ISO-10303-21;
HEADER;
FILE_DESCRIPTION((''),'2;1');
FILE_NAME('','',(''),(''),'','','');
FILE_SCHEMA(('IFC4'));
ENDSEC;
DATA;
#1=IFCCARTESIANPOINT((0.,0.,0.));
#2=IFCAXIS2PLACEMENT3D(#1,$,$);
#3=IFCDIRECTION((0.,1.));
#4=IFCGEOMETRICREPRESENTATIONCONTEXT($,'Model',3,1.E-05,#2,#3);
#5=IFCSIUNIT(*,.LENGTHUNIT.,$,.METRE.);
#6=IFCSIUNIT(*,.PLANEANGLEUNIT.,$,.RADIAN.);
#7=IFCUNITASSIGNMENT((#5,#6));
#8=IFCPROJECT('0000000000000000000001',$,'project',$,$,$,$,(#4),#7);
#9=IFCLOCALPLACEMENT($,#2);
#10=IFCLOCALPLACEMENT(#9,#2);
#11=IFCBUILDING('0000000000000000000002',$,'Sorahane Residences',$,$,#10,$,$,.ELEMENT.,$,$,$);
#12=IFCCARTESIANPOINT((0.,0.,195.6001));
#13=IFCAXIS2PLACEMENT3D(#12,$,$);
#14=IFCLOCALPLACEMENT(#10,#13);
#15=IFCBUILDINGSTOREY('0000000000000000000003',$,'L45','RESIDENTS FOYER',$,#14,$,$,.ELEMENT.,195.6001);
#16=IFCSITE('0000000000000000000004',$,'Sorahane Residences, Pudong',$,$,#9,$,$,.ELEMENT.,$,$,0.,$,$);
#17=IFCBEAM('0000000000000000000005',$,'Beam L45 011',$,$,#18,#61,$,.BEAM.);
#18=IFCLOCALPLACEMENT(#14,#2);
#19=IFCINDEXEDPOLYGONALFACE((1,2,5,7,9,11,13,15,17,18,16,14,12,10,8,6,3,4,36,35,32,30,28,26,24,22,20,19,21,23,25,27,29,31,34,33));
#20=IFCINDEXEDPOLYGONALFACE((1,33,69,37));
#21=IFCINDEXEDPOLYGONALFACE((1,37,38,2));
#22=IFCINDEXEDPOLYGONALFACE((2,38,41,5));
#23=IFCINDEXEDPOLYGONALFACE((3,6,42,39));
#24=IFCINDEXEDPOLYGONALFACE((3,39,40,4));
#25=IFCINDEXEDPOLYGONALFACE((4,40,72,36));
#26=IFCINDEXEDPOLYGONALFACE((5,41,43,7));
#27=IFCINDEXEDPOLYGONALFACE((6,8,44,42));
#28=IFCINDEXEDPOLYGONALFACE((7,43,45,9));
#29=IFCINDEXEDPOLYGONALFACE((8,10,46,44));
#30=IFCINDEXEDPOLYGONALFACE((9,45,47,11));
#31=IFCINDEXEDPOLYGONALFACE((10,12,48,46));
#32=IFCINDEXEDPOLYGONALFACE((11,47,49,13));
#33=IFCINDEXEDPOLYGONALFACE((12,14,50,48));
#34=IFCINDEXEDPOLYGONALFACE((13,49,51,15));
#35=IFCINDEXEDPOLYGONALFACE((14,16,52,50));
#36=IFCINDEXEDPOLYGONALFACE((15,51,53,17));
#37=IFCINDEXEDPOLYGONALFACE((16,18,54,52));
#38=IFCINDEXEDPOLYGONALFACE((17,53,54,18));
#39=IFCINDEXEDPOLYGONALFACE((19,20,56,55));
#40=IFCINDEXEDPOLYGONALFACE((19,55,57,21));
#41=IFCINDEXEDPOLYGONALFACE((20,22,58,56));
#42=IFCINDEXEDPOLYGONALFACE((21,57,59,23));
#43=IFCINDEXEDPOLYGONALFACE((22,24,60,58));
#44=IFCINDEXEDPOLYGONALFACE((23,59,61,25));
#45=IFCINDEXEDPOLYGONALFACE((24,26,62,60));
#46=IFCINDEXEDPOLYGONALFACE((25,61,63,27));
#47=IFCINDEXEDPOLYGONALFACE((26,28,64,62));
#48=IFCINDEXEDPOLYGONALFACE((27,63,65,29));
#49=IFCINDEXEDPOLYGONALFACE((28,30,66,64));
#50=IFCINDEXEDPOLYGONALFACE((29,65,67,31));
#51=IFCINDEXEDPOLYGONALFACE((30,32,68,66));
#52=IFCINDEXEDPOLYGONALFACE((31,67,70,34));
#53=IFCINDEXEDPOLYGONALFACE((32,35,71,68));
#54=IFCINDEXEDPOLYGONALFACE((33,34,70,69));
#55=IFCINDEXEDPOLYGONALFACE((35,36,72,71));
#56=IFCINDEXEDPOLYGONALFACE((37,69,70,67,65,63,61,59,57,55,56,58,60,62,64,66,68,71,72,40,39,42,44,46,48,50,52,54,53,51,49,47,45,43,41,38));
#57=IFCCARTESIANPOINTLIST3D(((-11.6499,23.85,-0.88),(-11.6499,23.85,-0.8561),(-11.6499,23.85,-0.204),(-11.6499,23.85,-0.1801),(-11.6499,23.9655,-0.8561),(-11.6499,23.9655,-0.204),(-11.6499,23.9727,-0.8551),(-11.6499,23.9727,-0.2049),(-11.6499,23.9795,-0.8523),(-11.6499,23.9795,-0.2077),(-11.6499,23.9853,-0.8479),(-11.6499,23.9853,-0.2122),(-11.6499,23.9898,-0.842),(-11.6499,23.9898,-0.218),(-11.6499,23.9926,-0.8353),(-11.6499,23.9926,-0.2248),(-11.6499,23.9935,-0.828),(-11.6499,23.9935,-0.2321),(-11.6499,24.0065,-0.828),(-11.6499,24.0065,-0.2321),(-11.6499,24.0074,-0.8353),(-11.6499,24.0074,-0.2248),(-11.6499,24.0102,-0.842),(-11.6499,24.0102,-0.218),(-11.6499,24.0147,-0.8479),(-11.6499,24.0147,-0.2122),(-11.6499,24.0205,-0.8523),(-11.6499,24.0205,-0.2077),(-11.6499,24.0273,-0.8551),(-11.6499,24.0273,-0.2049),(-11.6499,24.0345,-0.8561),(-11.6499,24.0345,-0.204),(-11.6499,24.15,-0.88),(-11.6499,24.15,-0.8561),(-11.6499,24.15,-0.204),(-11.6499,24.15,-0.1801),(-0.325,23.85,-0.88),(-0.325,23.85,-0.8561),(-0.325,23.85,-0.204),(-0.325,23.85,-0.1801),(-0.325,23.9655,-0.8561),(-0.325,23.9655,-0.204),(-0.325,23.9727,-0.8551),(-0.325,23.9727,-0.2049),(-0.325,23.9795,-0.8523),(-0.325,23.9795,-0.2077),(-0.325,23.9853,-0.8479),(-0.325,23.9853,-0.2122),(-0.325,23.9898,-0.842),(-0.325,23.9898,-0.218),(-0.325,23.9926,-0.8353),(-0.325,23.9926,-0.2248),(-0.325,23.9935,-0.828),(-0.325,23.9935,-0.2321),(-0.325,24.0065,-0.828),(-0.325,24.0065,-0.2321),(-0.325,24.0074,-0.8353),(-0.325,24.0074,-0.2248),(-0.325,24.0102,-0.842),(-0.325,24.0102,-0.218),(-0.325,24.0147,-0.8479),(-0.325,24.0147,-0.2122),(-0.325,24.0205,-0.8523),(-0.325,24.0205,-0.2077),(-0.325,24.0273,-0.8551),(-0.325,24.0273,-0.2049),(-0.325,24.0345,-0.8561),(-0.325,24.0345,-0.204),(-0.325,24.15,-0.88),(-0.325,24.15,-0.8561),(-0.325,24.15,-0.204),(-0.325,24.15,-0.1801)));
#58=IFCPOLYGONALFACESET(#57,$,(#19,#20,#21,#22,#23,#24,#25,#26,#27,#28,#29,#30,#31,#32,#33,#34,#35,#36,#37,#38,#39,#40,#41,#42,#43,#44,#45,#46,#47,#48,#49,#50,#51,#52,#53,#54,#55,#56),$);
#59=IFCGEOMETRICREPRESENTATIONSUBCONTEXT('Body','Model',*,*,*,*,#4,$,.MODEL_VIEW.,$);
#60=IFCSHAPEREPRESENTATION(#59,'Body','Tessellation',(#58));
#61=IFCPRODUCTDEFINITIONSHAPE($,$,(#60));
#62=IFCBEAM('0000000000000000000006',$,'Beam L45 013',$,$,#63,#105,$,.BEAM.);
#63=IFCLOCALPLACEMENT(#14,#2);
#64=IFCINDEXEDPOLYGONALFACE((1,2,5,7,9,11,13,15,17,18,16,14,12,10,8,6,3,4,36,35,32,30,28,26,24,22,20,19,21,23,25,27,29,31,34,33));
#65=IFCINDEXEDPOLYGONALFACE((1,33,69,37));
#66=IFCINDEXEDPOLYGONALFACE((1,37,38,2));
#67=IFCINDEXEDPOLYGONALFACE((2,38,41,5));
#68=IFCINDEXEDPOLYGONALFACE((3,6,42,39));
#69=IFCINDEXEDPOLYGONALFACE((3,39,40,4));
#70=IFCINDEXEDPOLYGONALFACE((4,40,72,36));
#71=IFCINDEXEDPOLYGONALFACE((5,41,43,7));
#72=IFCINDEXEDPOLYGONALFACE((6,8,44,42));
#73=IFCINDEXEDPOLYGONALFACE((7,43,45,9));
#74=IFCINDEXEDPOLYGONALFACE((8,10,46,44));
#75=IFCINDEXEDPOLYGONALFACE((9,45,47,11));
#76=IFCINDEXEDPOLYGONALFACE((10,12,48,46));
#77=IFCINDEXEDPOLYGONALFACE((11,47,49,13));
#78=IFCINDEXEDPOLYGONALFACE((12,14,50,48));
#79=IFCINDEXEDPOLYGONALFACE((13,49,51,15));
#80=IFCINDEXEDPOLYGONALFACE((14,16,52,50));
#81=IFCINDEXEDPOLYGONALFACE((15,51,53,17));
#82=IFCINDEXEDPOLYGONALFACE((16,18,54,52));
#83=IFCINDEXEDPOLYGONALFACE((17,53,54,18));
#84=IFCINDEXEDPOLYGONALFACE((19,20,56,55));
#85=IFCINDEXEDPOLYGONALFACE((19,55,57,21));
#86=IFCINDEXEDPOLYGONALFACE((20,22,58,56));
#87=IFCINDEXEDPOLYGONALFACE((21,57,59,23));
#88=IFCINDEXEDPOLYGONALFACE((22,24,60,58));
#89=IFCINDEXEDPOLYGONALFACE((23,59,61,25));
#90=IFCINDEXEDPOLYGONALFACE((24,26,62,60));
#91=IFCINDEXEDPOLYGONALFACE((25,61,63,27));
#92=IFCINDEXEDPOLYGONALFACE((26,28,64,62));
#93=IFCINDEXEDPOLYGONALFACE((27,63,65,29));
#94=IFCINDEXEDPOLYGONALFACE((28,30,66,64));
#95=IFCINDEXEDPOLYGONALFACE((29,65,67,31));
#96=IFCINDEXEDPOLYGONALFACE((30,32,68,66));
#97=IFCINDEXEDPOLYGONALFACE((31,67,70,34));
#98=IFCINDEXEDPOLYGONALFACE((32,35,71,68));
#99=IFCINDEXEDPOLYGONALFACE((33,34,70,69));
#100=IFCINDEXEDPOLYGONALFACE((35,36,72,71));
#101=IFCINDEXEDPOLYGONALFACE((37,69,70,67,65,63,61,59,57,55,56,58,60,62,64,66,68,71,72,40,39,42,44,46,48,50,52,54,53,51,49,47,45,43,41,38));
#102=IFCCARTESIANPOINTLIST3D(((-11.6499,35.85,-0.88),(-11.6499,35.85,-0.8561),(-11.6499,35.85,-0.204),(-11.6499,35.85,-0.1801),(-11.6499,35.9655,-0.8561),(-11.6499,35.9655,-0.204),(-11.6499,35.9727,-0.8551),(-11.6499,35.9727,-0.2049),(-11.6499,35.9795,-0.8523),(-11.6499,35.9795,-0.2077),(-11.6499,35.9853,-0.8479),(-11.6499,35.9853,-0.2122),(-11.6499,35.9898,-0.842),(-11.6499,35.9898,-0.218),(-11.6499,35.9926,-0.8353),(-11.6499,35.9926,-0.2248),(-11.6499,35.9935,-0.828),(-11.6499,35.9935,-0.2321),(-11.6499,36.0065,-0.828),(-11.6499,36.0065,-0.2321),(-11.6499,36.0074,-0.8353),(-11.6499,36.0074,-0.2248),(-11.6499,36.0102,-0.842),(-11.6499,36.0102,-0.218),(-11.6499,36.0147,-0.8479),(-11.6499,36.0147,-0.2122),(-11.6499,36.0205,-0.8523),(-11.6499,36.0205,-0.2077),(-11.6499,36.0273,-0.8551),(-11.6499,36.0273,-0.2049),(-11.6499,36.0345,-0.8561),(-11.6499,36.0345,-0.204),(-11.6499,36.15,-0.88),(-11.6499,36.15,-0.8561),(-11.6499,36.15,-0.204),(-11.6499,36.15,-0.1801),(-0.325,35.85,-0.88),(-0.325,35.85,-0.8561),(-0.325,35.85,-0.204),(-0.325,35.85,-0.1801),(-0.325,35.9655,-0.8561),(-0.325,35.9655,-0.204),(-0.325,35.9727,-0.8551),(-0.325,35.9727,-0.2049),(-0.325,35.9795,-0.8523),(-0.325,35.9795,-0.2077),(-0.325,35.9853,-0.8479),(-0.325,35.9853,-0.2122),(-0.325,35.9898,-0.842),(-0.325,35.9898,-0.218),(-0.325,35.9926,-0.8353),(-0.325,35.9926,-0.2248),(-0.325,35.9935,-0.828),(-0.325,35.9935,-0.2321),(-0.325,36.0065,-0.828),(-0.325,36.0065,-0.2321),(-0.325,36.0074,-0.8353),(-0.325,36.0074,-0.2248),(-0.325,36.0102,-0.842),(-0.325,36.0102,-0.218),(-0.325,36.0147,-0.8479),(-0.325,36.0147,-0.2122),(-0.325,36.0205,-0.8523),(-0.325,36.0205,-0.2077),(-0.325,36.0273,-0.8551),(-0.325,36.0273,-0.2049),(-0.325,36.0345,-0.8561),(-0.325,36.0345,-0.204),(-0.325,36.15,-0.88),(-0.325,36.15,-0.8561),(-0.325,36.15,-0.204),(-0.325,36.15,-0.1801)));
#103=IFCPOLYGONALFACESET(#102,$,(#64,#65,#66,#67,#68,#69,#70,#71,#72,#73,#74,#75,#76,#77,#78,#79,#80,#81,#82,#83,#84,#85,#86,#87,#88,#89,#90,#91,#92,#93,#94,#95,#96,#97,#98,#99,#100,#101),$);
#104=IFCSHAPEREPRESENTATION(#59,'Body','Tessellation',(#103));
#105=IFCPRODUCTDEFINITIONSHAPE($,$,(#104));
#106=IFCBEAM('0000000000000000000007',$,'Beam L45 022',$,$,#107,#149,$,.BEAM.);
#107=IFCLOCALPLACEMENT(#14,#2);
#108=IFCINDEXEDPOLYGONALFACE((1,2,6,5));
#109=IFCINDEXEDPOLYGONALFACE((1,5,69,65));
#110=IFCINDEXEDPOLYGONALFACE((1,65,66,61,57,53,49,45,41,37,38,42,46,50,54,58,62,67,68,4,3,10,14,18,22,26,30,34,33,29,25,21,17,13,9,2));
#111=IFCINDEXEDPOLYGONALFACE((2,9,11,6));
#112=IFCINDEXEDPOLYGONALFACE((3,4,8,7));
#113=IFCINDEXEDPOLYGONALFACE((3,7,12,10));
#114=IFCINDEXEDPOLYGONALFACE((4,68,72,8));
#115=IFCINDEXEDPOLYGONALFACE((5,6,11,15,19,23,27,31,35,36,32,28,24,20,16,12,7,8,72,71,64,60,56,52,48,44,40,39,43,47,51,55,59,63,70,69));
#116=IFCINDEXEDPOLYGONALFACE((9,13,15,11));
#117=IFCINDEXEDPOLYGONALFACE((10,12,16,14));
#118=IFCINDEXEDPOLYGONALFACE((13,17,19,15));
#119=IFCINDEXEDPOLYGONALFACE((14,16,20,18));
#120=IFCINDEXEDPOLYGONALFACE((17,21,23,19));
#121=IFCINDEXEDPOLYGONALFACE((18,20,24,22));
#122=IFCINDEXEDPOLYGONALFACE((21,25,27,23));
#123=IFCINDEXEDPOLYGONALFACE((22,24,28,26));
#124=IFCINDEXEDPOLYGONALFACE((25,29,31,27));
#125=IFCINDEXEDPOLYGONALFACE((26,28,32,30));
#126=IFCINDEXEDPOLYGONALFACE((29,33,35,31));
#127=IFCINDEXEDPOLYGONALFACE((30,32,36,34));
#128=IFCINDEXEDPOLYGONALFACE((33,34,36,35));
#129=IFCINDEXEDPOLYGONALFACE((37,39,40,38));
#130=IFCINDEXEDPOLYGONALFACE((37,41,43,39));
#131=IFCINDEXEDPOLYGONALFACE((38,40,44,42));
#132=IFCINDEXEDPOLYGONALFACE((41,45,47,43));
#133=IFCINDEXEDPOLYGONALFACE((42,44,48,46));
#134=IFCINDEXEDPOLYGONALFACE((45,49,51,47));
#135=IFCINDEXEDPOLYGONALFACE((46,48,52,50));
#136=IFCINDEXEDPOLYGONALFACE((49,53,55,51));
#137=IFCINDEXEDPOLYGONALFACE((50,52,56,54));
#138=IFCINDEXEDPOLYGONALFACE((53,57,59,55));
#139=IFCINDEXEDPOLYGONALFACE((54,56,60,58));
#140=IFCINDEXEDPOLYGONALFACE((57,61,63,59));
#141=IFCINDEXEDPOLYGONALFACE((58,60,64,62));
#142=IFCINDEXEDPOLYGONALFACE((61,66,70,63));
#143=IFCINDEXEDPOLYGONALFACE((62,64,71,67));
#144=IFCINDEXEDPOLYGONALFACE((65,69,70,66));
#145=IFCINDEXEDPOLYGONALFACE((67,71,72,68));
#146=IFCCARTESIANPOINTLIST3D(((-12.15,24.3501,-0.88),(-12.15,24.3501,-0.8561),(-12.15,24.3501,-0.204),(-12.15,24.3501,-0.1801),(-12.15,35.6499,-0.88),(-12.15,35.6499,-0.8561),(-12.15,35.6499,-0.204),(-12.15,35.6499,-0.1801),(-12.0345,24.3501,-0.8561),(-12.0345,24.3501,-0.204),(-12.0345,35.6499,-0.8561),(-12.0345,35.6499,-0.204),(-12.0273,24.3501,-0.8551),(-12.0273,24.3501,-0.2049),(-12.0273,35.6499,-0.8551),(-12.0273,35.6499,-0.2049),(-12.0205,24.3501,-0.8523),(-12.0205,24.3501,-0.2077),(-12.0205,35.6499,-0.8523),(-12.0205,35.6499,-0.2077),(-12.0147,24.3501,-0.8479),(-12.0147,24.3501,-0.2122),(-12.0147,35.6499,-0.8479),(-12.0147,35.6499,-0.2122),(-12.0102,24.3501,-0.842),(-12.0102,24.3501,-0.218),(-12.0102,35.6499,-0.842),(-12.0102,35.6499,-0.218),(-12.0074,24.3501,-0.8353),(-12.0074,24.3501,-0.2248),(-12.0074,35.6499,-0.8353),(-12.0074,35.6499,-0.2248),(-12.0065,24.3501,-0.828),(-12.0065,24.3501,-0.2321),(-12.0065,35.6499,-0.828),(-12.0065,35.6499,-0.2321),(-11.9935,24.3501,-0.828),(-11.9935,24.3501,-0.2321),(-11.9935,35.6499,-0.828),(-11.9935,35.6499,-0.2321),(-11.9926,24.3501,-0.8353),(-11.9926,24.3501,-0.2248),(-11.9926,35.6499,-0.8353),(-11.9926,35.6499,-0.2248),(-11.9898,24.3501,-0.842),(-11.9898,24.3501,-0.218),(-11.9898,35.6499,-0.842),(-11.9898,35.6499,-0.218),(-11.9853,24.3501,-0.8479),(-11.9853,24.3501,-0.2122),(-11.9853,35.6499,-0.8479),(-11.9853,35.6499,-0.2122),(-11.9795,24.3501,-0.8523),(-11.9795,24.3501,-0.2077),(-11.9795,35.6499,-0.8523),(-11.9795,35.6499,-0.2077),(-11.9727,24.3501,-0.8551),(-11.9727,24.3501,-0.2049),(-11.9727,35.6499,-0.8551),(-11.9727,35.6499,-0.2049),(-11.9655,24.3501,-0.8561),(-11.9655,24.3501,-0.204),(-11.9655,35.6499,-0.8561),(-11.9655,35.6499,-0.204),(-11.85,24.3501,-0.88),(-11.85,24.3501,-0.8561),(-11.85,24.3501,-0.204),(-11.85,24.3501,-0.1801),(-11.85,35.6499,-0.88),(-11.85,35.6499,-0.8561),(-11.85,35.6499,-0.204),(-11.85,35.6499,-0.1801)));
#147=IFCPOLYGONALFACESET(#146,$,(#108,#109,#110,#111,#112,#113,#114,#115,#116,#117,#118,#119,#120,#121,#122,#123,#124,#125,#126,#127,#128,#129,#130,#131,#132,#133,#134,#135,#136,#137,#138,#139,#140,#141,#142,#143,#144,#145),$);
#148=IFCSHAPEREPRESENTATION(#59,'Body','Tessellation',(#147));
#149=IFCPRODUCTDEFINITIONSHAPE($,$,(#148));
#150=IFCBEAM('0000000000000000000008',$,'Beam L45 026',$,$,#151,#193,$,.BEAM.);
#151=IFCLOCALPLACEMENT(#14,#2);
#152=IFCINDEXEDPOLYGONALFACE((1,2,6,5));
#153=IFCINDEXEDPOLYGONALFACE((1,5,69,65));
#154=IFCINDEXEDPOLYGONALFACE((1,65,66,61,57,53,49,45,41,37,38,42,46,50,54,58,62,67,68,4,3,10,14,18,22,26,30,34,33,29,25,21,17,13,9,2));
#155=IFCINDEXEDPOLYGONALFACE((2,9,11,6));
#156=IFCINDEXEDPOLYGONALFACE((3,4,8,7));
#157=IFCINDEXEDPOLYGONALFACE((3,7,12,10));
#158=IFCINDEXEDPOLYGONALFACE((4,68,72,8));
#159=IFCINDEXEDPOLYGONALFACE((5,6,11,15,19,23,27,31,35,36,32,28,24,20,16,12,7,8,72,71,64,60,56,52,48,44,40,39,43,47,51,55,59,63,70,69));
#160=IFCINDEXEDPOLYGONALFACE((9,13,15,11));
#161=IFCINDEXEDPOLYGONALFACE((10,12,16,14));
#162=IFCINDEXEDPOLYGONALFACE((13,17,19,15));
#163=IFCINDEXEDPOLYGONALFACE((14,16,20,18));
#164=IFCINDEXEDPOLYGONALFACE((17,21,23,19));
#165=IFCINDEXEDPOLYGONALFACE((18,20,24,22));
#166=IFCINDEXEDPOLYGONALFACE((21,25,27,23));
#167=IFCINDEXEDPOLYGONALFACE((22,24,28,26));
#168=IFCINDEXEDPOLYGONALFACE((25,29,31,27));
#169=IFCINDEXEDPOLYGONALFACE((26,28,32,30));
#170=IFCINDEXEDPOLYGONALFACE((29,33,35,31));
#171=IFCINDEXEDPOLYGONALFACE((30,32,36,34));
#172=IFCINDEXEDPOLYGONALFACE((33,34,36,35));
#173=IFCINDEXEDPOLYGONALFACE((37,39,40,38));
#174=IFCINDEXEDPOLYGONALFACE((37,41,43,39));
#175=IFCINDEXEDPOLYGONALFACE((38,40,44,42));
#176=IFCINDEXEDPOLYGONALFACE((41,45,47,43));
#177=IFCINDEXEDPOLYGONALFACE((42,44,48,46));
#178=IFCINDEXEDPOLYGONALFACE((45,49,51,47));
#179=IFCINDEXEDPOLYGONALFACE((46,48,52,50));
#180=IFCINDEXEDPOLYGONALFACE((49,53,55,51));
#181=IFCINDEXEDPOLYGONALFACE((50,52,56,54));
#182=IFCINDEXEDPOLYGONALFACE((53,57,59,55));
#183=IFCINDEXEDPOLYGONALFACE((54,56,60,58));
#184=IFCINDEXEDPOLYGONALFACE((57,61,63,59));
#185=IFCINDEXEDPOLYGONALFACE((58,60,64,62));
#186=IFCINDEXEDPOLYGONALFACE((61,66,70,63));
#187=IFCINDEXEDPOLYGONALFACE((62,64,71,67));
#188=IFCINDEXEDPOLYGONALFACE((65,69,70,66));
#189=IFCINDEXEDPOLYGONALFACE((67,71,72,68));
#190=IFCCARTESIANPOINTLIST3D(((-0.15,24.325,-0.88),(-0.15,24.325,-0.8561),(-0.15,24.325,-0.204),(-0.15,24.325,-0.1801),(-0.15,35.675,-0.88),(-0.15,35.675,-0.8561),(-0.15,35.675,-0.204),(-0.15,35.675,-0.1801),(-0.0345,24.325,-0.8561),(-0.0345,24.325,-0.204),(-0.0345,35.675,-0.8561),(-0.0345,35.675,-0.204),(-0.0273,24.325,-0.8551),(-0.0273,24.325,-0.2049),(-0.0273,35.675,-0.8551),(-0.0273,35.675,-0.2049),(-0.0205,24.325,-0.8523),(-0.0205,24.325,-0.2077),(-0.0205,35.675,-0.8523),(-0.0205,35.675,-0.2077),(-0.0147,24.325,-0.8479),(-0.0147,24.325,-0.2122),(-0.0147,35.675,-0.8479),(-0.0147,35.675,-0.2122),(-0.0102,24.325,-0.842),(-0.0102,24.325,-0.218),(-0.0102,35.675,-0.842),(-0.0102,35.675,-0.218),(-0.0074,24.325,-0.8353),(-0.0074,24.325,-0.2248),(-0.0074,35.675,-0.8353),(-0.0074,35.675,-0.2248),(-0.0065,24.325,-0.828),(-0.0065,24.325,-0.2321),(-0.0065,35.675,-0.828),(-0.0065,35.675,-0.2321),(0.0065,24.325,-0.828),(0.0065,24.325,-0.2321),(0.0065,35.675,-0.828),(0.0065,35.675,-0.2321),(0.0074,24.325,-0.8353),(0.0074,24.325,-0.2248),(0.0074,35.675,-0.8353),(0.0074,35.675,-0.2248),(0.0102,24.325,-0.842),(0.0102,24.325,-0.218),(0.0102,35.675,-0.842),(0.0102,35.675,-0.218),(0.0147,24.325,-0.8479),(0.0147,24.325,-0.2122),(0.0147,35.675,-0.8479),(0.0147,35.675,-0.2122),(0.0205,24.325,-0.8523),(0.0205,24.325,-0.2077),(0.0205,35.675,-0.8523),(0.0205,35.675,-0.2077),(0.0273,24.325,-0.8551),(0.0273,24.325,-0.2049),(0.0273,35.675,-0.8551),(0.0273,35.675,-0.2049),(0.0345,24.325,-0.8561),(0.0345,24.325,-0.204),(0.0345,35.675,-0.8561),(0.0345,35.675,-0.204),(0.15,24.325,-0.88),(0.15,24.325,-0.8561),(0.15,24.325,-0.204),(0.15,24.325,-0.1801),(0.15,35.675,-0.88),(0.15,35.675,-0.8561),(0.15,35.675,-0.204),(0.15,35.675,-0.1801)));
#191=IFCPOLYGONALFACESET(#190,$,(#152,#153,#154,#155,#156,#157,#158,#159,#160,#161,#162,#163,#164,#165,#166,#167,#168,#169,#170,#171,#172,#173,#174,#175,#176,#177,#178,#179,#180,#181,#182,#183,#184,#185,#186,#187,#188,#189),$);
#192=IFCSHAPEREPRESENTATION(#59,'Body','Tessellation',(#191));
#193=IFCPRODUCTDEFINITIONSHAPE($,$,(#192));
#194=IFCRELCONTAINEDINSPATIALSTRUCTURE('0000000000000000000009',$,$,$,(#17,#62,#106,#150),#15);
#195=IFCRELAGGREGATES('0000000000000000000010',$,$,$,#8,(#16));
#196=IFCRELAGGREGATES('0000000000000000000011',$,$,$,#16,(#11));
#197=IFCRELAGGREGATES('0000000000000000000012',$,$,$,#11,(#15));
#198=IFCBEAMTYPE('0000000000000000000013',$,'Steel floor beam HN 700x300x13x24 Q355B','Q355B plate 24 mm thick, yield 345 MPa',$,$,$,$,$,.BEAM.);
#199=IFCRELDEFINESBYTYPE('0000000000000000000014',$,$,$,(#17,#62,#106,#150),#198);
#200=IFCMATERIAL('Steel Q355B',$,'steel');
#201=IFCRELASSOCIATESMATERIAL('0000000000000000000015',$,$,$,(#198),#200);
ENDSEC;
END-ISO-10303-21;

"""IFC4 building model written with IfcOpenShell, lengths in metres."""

from ifc_helpers import new_model, si_unit, direction, frame, origin, origin_2d, place, context, subcontext, project, spatial, i_section, extrude, material, material_profile, profile_set, type_object, element, save


model = new_model("IFC4")

# Units and contexts
model_context = context("Model", 3, precision=1e-05, world=origin(), true_north=direction((0.0, 1.0)))
body_context = subcontext(model_context, "Body", "Model", "MODEL_VIEW")
ifc_project = project(units=[si_unit("LENGTHUNIT", "METRE"), si_unit("PLANEANGLEUNIT", "RADIAN")], contexts=[model_context])

# Site, building, storey
site_placement = place(None, origin())
site = spatial("IfcSite", under=ifc_project, at=site_placement, Name="Sorahane Residences, Pudong", CompositionType="ELEMENT", RefElevation=0.0)
building_placement = place(site_placement, origin())
building = spatial("IfcBuilding", under=site, at=building_placement, Name="Sorahane Residences", CompositionType="ELEMENT")
storey_placement = place(building_placement, frame((0.0, 0.0, 195.6001)))
storey = spatial("IfcBuildingStorey", under=building, at=storey_placement, Name="L45", Description="RESIDENTS FOYER", CompositionType="ELEMENT", Elevation=195.6001)

# Beams
ifc_material_1 = material(Name="Steel Q355B", Category="steel")
ifc_material_profile_1 = material_profile(ifc_material_1, i_section(OverallWidth=0.3, OverallDepth=0.7, WebThickness=0.0129, FlangeThickness=0.0239, FilletRadius=0.0281, at=origin_2d()), Name="HN 700x300x13x24")
ifc_profile_set_1 = profile_set([ifc_material_profile_1], Name="Steel Q355B")
beam_type_1 = type_object("IfcBeamType", Name="Steel floor beam HN 700x300x13x24 Q355B", Description="Q355B plate 24 mm thick, yield 345 MPa", PredefinedType="BEAM", material=ifc_profile_set_1)
for number, where, z_axis, x_axis, name in (
    (1, (-11.6499, 24.0, -0.53), (1.0, 0.0, 0.0), (0.0, 1.0, 0.0), "Beam L45 011"),
    (2, (-11.6499, 36.0, -0.53), (1.0, 0.0, 0.0), (0.0, 1.0, 0.0), "Beam L45 013"),
):
    element("IfcBeam", number, at=place(storey_placement, frame(where, z_axis=z_axis, x_axis=x_axis)), inside=storey, type_object=beam_type_1, Name=name, PredefinedType="BEAM", context=body_context, shape_type="SweptSolid", body=[
        extrude(i_section(OverallWidth=0.3, OverallDepth=0.7, WebThickness=0.0129, FlangeThickness=0.0239, FilletRadius=0.0281, at=origin_2d()), origin(), (0.0, 0.0, 1.0), 11.325),
    ])
beam_1_placement = place(storey_placement, frame((-12.0, 24.3501, -0.53), z_axis=(0.0, 1.0, 0.0), x_axis=(-1.0, 0.0, 0.0)))
element("IfcBeam", 3, at=beam_1_placement, inside=storey, type_object=beam_type_1, Name="Beam L45 022", PredefinedType="BEAM", context=body_context, shape_type="SweptSolid", body=[
    extrude(i_section(OverallWidth=0.3, OverallDepth=0.7, WebThickness=0.0129, FlangeThickness=0.0239, FilletRadius=0.0281, at=origin_2d()), origin(), (0.0, 0.0, 1.0), 11.2998),
])
beam_2_placement = place(storey_placement, frame((0.0, 24.325, -0.53), z_axis=(0.0, 1.0, 0.0), x_axis=(-1.0, 0.0, 0.0)))
element("IfcBeam", 4, at=beam_2_placement, inside=storey, type_object=beam_type_1, Name="Beam L45 026", PredefinedType="BEAM", context=body_context, shape_type="SweptSolid", body=[
    extrude(i_section(OverallWidth=0.3, OverallDepth=0.7, WebThickness=0.0129, FlangeThickness=0.0239, FilletRadius=0.0281, at=origin_2d()), origin(), (0.0, 0.0, 1.0), 11.3501),
])

save(model, "model.ifc")
